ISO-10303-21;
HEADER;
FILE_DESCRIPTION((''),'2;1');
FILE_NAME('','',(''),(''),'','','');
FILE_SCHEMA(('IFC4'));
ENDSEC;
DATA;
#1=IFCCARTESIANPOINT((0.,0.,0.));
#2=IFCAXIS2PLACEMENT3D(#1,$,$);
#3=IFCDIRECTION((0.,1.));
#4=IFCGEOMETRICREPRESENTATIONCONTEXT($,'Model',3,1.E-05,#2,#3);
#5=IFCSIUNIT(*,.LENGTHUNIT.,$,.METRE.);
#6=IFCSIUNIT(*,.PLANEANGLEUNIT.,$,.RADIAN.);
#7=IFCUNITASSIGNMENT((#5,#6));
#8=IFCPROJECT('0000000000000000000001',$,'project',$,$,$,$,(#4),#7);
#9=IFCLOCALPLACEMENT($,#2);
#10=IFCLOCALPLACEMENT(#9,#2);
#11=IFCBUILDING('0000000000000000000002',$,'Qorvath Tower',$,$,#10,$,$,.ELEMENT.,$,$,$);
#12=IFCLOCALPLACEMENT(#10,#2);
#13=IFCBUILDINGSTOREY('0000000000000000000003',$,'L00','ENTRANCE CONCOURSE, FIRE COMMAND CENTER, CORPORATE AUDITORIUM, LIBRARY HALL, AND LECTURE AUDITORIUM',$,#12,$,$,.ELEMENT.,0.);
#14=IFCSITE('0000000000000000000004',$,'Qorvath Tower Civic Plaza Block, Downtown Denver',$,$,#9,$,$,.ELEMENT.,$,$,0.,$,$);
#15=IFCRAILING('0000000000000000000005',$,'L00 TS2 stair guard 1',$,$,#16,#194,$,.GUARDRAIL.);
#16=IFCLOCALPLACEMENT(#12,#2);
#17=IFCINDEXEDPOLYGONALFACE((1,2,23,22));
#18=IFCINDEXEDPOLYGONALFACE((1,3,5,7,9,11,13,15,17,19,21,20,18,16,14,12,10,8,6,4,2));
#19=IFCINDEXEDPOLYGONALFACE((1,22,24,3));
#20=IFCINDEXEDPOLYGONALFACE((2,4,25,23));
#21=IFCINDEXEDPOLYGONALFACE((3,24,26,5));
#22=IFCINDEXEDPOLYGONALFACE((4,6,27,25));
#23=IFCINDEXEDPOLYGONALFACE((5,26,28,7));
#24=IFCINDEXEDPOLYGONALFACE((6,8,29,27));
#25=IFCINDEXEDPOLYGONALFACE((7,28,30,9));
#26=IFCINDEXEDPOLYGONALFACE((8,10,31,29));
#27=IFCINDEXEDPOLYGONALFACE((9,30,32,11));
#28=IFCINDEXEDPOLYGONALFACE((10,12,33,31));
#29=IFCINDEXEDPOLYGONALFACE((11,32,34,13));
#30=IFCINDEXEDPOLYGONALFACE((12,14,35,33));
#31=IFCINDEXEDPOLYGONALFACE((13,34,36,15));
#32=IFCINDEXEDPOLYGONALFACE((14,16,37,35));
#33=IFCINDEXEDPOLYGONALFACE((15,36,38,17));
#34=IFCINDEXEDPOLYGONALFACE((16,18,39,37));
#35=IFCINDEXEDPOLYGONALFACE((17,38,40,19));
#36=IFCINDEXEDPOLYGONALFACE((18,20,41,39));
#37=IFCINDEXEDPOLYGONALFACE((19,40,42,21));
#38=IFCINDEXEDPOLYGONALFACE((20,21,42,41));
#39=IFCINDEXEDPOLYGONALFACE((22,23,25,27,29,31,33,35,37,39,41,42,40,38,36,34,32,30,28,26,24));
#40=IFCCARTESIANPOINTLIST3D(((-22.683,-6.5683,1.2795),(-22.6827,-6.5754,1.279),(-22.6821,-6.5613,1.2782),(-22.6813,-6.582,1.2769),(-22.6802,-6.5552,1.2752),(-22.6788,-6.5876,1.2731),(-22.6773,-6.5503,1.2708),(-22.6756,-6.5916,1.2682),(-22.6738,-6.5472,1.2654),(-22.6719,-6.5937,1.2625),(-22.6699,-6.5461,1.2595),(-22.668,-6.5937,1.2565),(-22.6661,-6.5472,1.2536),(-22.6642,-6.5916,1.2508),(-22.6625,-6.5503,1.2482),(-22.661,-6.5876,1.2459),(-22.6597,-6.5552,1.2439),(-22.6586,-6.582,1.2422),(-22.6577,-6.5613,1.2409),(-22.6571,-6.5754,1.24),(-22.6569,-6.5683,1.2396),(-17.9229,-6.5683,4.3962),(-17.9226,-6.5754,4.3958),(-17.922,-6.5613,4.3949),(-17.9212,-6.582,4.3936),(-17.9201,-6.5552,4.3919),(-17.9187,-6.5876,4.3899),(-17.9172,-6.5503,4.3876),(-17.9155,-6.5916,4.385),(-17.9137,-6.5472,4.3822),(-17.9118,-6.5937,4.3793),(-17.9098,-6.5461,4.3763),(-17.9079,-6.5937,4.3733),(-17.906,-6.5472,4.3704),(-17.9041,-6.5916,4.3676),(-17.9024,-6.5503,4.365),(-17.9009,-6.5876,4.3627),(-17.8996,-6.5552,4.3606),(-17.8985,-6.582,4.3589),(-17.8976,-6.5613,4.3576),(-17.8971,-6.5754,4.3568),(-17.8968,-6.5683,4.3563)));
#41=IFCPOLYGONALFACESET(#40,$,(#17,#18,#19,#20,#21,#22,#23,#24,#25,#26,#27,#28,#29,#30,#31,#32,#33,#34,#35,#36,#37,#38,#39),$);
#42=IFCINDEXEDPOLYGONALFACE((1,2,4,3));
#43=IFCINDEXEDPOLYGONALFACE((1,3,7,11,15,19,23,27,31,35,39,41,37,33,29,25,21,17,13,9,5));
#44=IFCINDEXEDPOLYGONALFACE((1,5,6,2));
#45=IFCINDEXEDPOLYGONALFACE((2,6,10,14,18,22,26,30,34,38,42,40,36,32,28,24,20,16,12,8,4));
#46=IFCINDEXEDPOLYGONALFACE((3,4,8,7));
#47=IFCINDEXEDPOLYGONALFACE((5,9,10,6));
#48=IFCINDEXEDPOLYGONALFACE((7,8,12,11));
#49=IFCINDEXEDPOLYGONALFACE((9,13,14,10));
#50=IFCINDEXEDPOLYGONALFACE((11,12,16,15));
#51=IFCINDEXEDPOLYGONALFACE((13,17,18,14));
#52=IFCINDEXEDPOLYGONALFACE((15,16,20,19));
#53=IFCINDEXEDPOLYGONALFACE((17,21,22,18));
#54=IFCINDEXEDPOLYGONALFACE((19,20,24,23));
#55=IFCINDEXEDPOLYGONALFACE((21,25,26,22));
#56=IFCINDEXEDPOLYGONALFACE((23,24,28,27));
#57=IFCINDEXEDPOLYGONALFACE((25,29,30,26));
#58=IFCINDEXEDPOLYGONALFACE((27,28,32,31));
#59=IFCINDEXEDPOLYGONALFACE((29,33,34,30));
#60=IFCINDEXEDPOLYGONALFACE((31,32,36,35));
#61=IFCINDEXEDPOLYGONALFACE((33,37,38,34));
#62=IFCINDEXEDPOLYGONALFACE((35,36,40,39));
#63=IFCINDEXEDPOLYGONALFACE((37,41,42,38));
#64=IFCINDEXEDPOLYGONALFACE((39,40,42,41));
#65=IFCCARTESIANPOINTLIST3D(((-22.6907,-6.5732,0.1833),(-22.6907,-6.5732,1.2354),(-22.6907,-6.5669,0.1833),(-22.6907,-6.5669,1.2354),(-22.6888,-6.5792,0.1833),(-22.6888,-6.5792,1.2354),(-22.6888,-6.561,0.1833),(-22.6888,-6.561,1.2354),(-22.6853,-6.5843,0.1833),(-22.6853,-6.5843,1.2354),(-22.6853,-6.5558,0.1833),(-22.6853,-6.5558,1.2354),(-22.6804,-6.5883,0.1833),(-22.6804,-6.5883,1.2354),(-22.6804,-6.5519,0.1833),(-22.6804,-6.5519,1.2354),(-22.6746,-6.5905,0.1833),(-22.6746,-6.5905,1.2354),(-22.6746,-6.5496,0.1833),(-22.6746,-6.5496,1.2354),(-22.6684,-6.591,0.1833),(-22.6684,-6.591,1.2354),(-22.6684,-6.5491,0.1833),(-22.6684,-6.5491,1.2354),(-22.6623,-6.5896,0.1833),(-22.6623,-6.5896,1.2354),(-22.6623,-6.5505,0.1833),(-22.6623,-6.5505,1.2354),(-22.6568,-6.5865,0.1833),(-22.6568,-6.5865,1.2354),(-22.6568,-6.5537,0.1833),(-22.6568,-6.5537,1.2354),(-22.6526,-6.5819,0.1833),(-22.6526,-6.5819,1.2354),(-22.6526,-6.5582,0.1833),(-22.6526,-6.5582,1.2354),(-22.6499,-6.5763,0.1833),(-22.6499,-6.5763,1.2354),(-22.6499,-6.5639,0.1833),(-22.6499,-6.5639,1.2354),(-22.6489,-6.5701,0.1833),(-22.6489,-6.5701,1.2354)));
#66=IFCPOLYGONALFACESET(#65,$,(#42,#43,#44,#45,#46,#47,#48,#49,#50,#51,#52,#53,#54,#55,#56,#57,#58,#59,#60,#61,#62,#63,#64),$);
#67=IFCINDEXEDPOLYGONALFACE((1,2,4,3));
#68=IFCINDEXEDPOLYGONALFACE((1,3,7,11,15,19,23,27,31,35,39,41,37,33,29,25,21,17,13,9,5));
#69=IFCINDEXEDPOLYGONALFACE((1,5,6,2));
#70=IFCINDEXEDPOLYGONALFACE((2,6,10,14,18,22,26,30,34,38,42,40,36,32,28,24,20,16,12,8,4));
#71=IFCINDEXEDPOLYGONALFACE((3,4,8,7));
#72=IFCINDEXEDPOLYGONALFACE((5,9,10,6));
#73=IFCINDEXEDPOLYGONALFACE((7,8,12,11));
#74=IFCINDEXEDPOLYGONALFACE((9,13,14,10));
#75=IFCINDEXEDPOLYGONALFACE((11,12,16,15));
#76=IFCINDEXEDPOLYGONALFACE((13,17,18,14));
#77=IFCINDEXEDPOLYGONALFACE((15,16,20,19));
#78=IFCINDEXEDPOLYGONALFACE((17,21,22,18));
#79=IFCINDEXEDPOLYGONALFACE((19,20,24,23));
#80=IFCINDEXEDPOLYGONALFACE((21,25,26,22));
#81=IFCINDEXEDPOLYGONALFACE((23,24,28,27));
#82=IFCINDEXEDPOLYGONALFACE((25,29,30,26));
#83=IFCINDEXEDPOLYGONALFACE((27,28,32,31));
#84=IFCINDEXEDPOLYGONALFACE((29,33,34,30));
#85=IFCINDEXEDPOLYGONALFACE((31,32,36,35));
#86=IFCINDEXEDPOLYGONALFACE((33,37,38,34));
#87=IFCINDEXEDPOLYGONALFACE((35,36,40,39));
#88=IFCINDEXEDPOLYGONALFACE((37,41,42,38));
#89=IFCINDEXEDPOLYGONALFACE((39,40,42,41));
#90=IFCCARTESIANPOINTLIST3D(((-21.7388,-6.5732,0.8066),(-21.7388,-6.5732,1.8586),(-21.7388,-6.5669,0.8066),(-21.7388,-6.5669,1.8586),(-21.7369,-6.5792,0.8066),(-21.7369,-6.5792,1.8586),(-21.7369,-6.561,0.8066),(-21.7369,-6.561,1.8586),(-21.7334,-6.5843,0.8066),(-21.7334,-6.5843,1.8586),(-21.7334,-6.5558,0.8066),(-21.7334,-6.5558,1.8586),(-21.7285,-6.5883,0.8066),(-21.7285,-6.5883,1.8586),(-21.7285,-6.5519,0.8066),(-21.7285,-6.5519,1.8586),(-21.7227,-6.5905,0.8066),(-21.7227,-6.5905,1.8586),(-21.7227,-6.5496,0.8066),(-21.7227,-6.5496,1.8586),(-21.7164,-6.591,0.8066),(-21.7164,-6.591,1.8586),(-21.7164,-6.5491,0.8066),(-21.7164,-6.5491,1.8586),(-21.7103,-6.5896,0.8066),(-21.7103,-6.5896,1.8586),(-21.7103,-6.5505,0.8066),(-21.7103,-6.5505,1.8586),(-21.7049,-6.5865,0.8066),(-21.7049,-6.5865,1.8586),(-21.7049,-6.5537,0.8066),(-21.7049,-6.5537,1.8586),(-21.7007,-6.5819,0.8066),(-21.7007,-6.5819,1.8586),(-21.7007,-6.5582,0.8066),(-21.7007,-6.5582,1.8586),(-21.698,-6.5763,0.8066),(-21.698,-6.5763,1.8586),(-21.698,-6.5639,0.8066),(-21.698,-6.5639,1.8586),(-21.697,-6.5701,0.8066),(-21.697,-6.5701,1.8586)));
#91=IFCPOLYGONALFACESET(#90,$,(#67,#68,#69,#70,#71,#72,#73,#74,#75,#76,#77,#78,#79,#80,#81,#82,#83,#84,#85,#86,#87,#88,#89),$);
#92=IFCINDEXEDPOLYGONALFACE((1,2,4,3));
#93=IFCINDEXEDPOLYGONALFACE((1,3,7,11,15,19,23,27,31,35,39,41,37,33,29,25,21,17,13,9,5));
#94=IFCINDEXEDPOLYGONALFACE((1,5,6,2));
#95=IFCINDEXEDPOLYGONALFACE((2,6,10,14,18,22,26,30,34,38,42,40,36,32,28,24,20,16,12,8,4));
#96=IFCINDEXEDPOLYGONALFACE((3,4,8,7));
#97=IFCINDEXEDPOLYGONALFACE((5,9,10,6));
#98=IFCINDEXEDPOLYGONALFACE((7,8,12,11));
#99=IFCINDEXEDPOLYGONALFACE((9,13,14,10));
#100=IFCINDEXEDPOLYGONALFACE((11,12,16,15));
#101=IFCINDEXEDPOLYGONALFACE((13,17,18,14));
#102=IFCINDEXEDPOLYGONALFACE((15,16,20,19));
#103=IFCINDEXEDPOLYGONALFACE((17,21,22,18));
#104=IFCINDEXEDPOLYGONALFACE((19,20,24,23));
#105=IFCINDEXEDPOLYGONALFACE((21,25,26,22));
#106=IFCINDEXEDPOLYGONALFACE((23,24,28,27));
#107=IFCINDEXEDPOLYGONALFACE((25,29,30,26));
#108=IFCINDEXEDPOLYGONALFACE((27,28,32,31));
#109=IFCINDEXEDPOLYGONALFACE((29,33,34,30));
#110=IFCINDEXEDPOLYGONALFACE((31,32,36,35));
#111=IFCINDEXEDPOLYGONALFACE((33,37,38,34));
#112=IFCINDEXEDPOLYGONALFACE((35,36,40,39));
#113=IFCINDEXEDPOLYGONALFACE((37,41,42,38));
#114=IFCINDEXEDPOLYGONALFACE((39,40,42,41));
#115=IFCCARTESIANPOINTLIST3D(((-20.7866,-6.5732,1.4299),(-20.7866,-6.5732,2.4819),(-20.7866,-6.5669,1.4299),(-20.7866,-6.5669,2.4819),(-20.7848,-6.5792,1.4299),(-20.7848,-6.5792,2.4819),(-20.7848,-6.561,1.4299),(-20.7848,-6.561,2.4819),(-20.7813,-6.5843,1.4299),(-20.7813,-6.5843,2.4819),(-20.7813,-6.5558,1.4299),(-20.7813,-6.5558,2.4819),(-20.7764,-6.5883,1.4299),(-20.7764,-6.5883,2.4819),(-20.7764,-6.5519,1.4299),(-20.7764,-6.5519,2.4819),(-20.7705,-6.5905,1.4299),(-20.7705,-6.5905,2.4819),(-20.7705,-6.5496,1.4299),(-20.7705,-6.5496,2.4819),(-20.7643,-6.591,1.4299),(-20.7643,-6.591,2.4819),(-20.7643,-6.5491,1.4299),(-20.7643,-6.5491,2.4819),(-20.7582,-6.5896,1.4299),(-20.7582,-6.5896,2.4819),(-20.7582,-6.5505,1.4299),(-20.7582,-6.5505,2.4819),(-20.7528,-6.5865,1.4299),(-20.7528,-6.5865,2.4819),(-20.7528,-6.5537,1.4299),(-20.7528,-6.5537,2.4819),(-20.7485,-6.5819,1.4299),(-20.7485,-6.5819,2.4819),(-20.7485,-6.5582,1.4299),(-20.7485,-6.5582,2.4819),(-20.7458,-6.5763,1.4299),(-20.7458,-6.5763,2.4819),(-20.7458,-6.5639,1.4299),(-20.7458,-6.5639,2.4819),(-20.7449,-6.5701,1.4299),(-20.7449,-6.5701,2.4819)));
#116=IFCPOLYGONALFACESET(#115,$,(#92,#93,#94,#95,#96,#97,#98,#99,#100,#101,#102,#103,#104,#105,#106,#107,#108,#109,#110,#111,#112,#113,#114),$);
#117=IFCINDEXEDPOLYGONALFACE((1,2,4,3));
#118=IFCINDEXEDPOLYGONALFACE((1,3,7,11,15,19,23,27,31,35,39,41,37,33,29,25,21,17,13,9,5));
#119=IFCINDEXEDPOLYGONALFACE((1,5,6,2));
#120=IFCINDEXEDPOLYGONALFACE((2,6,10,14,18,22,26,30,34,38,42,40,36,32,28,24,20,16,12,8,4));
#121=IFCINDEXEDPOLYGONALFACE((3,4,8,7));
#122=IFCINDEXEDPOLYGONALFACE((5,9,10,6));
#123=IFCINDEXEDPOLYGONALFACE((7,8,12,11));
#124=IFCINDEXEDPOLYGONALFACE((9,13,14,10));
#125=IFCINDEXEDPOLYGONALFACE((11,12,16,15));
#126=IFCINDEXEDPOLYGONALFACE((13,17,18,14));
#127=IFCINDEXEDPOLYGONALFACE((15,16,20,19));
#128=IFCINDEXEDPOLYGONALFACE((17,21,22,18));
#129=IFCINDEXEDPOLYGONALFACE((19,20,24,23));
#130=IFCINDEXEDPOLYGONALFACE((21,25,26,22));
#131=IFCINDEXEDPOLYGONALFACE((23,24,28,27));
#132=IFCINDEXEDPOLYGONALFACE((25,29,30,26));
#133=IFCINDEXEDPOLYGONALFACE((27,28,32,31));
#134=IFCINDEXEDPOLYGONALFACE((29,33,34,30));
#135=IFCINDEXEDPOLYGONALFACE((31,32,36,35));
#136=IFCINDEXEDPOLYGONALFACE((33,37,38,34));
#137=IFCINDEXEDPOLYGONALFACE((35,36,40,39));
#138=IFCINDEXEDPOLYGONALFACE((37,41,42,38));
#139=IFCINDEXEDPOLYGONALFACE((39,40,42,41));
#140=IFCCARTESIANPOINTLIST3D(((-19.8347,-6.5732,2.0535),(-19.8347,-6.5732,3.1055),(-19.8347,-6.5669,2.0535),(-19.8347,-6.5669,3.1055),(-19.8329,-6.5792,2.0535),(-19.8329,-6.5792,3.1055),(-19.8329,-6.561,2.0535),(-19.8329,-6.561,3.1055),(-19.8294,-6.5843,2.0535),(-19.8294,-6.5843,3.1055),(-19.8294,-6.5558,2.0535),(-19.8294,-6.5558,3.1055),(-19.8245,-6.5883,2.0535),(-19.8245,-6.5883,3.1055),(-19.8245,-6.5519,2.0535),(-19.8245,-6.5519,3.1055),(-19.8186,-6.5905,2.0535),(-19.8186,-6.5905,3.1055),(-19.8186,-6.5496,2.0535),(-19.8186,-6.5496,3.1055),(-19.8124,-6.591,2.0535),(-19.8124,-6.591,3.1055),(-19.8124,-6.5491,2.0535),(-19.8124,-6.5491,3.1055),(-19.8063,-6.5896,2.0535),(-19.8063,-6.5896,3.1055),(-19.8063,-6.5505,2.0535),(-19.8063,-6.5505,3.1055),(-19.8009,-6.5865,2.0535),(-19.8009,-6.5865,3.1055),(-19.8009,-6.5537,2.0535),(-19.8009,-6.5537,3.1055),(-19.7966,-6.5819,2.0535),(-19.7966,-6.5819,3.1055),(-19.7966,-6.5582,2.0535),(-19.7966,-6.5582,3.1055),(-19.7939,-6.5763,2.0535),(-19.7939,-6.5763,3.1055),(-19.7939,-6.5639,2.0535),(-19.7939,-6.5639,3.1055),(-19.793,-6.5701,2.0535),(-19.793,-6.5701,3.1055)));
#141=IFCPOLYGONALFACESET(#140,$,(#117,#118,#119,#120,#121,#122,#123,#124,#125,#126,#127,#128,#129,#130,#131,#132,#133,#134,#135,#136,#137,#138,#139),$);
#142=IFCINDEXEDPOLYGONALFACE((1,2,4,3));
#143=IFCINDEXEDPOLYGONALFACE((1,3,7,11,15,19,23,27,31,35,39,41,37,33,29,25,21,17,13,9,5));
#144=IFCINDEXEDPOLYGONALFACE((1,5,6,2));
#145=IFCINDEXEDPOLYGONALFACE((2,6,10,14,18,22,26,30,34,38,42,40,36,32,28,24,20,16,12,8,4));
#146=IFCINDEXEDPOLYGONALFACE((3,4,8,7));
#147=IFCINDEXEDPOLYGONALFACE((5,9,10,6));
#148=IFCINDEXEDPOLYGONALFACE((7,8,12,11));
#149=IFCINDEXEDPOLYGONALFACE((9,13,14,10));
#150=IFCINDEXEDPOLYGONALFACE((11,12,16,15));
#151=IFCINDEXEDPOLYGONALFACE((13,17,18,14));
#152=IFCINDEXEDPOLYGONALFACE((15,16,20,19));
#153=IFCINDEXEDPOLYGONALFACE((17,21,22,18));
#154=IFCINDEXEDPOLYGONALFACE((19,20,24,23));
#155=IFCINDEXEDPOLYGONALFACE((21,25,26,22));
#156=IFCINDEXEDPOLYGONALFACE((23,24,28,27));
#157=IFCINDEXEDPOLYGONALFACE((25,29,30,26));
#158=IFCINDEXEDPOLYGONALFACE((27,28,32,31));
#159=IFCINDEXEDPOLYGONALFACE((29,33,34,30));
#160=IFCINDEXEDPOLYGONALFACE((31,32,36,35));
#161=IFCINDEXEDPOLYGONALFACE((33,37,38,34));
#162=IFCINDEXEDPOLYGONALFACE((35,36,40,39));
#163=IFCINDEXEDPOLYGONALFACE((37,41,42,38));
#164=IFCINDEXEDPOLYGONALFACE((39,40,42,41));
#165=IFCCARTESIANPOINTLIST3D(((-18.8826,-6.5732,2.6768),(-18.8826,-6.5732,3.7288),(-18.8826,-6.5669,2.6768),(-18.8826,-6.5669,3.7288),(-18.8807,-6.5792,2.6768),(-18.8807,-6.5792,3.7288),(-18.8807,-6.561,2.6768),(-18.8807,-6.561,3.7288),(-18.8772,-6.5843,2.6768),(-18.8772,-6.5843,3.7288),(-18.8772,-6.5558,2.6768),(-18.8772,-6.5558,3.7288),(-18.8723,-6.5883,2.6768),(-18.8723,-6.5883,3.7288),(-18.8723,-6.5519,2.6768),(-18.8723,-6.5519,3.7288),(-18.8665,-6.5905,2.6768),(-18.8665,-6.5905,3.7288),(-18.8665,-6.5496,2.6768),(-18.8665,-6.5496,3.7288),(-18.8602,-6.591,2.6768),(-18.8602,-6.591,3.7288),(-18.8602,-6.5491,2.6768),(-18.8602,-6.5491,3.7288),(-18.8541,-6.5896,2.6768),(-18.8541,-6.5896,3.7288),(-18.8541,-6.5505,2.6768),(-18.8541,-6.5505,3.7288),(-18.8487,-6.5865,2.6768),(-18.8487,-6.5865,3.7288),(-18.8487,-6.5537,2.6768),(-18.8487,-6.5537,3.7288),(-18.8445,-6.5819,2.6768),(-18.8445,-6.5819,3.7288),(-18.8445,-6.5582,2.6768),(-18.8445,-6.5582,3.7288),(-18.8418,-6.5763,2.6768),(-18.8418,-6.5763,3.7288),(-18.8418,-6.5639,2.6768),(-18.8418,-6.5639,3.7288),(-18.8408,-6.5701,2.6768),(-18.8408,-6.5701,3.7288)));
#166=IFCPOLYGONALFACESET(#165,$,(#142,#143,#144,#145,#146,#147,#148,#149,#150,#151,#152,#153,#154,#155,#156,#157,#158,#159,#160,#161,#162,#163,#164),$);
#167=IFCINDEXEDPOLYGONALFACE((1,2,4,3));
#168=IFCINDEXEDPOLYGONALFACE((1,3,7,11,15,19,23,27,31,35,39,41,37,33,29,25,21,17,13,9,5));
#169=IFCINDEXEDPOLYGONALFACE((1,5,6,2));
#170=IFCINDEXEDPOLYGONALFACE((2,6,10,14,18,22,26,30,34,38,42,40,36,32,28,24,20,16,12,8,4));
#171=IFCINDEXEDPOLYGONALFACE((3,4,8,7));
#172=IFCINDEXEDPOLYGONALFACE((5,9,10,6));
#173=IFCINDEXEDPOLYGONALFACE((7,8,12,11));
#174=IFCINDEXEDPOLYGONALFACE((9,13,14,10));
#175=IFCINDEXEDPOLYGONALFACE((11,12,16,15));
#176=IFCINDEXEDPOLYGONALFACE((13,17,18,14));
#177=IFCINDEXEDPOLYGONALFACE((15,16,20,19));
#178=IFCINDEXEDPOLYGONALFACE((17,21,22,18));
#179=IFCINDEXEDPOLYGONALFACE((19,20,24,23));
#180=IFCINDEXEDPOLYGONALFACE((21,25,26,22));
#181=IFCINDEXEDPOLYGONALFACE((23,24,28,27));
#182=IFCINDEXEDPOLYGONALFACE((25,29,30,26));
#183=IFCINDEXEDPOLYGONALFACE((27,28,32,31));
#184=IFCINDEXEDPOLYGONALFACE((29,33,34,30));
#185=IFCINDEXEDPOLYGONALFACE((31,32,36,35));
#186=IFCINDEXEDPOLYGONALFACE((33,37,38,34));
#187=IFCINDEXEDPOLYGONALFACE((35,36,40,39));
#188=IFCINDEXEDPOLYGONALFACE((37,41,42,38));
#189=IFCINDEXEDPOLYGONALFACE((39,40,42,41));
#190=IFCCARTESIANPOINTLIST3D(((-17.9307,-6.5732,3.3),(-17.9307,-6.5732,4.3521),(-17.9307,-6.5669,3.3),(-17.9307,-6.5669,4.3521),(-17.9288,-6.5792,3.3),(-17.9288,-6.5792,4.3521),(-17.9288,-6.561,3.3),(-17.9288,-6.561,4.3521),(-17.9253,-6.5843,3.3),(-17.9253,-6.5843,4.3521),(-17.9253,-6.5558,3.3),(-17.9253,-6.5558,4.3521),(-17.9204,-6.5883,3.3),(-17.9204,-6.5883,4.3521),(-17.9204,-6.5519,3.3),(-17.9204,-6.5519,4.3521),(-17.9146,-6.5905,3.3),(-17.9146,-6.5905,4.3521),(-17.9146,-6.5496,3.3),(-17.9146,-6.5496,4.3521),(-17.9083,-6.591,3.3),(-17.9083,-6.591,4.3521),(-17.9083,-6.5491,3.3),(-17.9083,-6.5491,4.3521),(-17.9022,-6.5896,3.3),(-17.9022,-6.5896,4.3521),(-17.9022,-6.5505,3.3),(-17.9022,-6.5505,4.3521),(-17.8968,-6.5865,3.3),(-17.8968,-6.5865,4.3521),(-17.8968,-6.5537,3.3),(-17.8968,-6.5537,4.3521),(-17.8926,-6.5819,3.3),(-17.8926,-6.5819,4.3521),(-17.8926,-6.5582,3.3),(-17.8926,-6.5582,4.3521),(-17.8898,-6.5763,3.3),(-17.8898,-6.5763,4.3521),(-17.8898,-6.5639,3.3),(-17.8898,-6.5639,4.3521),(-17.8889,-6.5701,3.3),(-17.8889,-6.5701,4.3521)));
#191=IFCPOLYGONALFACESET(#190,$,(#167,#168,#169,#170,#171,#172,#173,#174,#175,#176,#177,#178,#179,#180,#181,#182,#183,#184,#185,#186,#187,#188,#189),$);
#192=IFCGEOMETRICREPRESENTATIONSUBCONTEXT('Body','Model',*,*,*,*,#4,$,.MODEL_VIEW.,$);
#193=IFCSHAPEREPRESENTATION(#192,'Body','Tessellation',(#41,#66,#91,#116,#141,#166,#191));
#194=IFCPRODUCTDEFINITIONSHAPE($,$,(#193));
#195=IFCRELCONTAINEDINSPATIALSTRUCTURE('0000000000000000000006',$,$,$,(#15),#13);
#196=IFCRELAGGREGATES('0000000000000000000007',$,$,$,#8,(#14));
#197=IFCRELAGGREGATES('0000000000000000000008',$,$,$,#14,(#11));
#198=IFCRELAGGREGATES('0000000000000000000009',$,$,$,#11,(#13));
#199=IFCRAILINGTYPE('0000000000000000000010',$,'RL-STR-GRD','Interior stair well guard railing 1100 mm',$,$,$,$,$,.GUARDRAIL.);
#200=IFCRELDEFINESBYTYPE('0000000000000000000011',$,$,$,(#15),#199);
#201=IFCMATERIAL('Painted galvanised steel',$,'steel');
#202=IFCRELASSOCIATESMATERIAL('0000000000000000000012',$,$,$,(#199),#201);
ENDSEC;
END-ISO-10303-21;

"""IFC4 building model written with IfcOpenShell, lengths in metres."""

from ifc_helpers import new_model, si_unit, direction, frame, origin, origin_2d, place, context, subcontext, project, spatial, circle, extrude, material, type_object, element, save


model = new_model("IFC4")

# Units and contexts
model_context = context("Model", 3, precision=1e-05, world=origin(), true_north=direction((0.0, 1.0)))
body_context = subcontext(model_context, "Body", "Model", "MODEL_VIEW")
ifc_project = project(units=[si_unit("LENGTHUNIT", "METRE"), si_unit("PLANEANGLEUNIT", "RADIAN")], contexts=[model_context])

# Site, building, storey
site_placement = place(None, origin())
site = spatial("IfcSite", under=ifc_project, at=site_placement, Name="Qorvath Tower Civic Plaza Block, Downtown Denver", CompositionType="ELEMENT", RefElevation=0.0)
building_placement = place(site_placement, origin())
building = spatial("IfcBuilding", under=site, at=building_placement, Name="Qorvath Tower", CompositionType="ELEMENT")
storey_placement = place(building_placement, origin())
storey = spatial("IfcBuildingStorey", under=building, at=storey_placement, Name="L00", Description="ENTRANCE CONCOURSE, FIRE COMMAND CENTER, CORPORATE AUDITORIUM, LIBRARY HALL, AND LECTURE AUDITORIUM", CompositionType="ELEMENT", Elevation=0.0)

# Railing
ifc_material_1 = material(Name="Painted galvanised steel", Category="steel")
railing_type_1 = type_object("IfcRailingType", Name="RL-STR-GRD", Description="Interior stair well guard railing 1100 mm", PredefinedType="GUARDRAIL", material=ifc_material_1)
railing_1_placement = place(storey_placement, frame((-22.6699, -6.5701, 0.1833)))
element("IfcRailing", 1, at=railing_1_placement, inside=storey, type_object=railing_type_1, Name="L00 TS2 stair guard 1", PredefinedType="GUARDRAIL", context=body_context, shape_type="SweptSolid", body=[
    extrude(circle(Radius=0.0239, at=origin_2d()), frame((0.0, 0.0, 1.0762), z_axis=(0.836616, 0.0, 0.547789), x_axis=(0.0, 1.0, 0.0)), (0.0, 0.0, 1.0), 5.6897),
    extrude(circle(Radius=0.021, at=origin_2d()), origin(), (0.0, 0.0, 1.0), 1.052),
    extrude(circle(Radius=0.021, at=origin_2d()), frame((0.9519, 0.0, 0.6233)), (0.0, 0.0, 1.0), 1.052),
    extrude(circle(Radius=0.021, at=origin_2d()), frame((1.9041, 0.0, 1.2466)), (0.0, 0.0, 1.0), 1.052),
    extrude(circle(Radius=0.021, at=origin_2d()), frame((2.856, 0.0, 1.8701)), (0.0, 0.0, 1.0), 1.052),
    extrude(circle(Radius=0.021, at=origin_2d()), frame((3.8081, 0.0, 2.4934)), (0.0, 0.0, 1.0), 1.052),
    extrude(circle(Radius=0.021, at=origin_2d()), frame((4.76, 0.0, 3.1167)), (0.0, 0.0, 1.0), 1.052),
])

save(model, "model.ifc")
